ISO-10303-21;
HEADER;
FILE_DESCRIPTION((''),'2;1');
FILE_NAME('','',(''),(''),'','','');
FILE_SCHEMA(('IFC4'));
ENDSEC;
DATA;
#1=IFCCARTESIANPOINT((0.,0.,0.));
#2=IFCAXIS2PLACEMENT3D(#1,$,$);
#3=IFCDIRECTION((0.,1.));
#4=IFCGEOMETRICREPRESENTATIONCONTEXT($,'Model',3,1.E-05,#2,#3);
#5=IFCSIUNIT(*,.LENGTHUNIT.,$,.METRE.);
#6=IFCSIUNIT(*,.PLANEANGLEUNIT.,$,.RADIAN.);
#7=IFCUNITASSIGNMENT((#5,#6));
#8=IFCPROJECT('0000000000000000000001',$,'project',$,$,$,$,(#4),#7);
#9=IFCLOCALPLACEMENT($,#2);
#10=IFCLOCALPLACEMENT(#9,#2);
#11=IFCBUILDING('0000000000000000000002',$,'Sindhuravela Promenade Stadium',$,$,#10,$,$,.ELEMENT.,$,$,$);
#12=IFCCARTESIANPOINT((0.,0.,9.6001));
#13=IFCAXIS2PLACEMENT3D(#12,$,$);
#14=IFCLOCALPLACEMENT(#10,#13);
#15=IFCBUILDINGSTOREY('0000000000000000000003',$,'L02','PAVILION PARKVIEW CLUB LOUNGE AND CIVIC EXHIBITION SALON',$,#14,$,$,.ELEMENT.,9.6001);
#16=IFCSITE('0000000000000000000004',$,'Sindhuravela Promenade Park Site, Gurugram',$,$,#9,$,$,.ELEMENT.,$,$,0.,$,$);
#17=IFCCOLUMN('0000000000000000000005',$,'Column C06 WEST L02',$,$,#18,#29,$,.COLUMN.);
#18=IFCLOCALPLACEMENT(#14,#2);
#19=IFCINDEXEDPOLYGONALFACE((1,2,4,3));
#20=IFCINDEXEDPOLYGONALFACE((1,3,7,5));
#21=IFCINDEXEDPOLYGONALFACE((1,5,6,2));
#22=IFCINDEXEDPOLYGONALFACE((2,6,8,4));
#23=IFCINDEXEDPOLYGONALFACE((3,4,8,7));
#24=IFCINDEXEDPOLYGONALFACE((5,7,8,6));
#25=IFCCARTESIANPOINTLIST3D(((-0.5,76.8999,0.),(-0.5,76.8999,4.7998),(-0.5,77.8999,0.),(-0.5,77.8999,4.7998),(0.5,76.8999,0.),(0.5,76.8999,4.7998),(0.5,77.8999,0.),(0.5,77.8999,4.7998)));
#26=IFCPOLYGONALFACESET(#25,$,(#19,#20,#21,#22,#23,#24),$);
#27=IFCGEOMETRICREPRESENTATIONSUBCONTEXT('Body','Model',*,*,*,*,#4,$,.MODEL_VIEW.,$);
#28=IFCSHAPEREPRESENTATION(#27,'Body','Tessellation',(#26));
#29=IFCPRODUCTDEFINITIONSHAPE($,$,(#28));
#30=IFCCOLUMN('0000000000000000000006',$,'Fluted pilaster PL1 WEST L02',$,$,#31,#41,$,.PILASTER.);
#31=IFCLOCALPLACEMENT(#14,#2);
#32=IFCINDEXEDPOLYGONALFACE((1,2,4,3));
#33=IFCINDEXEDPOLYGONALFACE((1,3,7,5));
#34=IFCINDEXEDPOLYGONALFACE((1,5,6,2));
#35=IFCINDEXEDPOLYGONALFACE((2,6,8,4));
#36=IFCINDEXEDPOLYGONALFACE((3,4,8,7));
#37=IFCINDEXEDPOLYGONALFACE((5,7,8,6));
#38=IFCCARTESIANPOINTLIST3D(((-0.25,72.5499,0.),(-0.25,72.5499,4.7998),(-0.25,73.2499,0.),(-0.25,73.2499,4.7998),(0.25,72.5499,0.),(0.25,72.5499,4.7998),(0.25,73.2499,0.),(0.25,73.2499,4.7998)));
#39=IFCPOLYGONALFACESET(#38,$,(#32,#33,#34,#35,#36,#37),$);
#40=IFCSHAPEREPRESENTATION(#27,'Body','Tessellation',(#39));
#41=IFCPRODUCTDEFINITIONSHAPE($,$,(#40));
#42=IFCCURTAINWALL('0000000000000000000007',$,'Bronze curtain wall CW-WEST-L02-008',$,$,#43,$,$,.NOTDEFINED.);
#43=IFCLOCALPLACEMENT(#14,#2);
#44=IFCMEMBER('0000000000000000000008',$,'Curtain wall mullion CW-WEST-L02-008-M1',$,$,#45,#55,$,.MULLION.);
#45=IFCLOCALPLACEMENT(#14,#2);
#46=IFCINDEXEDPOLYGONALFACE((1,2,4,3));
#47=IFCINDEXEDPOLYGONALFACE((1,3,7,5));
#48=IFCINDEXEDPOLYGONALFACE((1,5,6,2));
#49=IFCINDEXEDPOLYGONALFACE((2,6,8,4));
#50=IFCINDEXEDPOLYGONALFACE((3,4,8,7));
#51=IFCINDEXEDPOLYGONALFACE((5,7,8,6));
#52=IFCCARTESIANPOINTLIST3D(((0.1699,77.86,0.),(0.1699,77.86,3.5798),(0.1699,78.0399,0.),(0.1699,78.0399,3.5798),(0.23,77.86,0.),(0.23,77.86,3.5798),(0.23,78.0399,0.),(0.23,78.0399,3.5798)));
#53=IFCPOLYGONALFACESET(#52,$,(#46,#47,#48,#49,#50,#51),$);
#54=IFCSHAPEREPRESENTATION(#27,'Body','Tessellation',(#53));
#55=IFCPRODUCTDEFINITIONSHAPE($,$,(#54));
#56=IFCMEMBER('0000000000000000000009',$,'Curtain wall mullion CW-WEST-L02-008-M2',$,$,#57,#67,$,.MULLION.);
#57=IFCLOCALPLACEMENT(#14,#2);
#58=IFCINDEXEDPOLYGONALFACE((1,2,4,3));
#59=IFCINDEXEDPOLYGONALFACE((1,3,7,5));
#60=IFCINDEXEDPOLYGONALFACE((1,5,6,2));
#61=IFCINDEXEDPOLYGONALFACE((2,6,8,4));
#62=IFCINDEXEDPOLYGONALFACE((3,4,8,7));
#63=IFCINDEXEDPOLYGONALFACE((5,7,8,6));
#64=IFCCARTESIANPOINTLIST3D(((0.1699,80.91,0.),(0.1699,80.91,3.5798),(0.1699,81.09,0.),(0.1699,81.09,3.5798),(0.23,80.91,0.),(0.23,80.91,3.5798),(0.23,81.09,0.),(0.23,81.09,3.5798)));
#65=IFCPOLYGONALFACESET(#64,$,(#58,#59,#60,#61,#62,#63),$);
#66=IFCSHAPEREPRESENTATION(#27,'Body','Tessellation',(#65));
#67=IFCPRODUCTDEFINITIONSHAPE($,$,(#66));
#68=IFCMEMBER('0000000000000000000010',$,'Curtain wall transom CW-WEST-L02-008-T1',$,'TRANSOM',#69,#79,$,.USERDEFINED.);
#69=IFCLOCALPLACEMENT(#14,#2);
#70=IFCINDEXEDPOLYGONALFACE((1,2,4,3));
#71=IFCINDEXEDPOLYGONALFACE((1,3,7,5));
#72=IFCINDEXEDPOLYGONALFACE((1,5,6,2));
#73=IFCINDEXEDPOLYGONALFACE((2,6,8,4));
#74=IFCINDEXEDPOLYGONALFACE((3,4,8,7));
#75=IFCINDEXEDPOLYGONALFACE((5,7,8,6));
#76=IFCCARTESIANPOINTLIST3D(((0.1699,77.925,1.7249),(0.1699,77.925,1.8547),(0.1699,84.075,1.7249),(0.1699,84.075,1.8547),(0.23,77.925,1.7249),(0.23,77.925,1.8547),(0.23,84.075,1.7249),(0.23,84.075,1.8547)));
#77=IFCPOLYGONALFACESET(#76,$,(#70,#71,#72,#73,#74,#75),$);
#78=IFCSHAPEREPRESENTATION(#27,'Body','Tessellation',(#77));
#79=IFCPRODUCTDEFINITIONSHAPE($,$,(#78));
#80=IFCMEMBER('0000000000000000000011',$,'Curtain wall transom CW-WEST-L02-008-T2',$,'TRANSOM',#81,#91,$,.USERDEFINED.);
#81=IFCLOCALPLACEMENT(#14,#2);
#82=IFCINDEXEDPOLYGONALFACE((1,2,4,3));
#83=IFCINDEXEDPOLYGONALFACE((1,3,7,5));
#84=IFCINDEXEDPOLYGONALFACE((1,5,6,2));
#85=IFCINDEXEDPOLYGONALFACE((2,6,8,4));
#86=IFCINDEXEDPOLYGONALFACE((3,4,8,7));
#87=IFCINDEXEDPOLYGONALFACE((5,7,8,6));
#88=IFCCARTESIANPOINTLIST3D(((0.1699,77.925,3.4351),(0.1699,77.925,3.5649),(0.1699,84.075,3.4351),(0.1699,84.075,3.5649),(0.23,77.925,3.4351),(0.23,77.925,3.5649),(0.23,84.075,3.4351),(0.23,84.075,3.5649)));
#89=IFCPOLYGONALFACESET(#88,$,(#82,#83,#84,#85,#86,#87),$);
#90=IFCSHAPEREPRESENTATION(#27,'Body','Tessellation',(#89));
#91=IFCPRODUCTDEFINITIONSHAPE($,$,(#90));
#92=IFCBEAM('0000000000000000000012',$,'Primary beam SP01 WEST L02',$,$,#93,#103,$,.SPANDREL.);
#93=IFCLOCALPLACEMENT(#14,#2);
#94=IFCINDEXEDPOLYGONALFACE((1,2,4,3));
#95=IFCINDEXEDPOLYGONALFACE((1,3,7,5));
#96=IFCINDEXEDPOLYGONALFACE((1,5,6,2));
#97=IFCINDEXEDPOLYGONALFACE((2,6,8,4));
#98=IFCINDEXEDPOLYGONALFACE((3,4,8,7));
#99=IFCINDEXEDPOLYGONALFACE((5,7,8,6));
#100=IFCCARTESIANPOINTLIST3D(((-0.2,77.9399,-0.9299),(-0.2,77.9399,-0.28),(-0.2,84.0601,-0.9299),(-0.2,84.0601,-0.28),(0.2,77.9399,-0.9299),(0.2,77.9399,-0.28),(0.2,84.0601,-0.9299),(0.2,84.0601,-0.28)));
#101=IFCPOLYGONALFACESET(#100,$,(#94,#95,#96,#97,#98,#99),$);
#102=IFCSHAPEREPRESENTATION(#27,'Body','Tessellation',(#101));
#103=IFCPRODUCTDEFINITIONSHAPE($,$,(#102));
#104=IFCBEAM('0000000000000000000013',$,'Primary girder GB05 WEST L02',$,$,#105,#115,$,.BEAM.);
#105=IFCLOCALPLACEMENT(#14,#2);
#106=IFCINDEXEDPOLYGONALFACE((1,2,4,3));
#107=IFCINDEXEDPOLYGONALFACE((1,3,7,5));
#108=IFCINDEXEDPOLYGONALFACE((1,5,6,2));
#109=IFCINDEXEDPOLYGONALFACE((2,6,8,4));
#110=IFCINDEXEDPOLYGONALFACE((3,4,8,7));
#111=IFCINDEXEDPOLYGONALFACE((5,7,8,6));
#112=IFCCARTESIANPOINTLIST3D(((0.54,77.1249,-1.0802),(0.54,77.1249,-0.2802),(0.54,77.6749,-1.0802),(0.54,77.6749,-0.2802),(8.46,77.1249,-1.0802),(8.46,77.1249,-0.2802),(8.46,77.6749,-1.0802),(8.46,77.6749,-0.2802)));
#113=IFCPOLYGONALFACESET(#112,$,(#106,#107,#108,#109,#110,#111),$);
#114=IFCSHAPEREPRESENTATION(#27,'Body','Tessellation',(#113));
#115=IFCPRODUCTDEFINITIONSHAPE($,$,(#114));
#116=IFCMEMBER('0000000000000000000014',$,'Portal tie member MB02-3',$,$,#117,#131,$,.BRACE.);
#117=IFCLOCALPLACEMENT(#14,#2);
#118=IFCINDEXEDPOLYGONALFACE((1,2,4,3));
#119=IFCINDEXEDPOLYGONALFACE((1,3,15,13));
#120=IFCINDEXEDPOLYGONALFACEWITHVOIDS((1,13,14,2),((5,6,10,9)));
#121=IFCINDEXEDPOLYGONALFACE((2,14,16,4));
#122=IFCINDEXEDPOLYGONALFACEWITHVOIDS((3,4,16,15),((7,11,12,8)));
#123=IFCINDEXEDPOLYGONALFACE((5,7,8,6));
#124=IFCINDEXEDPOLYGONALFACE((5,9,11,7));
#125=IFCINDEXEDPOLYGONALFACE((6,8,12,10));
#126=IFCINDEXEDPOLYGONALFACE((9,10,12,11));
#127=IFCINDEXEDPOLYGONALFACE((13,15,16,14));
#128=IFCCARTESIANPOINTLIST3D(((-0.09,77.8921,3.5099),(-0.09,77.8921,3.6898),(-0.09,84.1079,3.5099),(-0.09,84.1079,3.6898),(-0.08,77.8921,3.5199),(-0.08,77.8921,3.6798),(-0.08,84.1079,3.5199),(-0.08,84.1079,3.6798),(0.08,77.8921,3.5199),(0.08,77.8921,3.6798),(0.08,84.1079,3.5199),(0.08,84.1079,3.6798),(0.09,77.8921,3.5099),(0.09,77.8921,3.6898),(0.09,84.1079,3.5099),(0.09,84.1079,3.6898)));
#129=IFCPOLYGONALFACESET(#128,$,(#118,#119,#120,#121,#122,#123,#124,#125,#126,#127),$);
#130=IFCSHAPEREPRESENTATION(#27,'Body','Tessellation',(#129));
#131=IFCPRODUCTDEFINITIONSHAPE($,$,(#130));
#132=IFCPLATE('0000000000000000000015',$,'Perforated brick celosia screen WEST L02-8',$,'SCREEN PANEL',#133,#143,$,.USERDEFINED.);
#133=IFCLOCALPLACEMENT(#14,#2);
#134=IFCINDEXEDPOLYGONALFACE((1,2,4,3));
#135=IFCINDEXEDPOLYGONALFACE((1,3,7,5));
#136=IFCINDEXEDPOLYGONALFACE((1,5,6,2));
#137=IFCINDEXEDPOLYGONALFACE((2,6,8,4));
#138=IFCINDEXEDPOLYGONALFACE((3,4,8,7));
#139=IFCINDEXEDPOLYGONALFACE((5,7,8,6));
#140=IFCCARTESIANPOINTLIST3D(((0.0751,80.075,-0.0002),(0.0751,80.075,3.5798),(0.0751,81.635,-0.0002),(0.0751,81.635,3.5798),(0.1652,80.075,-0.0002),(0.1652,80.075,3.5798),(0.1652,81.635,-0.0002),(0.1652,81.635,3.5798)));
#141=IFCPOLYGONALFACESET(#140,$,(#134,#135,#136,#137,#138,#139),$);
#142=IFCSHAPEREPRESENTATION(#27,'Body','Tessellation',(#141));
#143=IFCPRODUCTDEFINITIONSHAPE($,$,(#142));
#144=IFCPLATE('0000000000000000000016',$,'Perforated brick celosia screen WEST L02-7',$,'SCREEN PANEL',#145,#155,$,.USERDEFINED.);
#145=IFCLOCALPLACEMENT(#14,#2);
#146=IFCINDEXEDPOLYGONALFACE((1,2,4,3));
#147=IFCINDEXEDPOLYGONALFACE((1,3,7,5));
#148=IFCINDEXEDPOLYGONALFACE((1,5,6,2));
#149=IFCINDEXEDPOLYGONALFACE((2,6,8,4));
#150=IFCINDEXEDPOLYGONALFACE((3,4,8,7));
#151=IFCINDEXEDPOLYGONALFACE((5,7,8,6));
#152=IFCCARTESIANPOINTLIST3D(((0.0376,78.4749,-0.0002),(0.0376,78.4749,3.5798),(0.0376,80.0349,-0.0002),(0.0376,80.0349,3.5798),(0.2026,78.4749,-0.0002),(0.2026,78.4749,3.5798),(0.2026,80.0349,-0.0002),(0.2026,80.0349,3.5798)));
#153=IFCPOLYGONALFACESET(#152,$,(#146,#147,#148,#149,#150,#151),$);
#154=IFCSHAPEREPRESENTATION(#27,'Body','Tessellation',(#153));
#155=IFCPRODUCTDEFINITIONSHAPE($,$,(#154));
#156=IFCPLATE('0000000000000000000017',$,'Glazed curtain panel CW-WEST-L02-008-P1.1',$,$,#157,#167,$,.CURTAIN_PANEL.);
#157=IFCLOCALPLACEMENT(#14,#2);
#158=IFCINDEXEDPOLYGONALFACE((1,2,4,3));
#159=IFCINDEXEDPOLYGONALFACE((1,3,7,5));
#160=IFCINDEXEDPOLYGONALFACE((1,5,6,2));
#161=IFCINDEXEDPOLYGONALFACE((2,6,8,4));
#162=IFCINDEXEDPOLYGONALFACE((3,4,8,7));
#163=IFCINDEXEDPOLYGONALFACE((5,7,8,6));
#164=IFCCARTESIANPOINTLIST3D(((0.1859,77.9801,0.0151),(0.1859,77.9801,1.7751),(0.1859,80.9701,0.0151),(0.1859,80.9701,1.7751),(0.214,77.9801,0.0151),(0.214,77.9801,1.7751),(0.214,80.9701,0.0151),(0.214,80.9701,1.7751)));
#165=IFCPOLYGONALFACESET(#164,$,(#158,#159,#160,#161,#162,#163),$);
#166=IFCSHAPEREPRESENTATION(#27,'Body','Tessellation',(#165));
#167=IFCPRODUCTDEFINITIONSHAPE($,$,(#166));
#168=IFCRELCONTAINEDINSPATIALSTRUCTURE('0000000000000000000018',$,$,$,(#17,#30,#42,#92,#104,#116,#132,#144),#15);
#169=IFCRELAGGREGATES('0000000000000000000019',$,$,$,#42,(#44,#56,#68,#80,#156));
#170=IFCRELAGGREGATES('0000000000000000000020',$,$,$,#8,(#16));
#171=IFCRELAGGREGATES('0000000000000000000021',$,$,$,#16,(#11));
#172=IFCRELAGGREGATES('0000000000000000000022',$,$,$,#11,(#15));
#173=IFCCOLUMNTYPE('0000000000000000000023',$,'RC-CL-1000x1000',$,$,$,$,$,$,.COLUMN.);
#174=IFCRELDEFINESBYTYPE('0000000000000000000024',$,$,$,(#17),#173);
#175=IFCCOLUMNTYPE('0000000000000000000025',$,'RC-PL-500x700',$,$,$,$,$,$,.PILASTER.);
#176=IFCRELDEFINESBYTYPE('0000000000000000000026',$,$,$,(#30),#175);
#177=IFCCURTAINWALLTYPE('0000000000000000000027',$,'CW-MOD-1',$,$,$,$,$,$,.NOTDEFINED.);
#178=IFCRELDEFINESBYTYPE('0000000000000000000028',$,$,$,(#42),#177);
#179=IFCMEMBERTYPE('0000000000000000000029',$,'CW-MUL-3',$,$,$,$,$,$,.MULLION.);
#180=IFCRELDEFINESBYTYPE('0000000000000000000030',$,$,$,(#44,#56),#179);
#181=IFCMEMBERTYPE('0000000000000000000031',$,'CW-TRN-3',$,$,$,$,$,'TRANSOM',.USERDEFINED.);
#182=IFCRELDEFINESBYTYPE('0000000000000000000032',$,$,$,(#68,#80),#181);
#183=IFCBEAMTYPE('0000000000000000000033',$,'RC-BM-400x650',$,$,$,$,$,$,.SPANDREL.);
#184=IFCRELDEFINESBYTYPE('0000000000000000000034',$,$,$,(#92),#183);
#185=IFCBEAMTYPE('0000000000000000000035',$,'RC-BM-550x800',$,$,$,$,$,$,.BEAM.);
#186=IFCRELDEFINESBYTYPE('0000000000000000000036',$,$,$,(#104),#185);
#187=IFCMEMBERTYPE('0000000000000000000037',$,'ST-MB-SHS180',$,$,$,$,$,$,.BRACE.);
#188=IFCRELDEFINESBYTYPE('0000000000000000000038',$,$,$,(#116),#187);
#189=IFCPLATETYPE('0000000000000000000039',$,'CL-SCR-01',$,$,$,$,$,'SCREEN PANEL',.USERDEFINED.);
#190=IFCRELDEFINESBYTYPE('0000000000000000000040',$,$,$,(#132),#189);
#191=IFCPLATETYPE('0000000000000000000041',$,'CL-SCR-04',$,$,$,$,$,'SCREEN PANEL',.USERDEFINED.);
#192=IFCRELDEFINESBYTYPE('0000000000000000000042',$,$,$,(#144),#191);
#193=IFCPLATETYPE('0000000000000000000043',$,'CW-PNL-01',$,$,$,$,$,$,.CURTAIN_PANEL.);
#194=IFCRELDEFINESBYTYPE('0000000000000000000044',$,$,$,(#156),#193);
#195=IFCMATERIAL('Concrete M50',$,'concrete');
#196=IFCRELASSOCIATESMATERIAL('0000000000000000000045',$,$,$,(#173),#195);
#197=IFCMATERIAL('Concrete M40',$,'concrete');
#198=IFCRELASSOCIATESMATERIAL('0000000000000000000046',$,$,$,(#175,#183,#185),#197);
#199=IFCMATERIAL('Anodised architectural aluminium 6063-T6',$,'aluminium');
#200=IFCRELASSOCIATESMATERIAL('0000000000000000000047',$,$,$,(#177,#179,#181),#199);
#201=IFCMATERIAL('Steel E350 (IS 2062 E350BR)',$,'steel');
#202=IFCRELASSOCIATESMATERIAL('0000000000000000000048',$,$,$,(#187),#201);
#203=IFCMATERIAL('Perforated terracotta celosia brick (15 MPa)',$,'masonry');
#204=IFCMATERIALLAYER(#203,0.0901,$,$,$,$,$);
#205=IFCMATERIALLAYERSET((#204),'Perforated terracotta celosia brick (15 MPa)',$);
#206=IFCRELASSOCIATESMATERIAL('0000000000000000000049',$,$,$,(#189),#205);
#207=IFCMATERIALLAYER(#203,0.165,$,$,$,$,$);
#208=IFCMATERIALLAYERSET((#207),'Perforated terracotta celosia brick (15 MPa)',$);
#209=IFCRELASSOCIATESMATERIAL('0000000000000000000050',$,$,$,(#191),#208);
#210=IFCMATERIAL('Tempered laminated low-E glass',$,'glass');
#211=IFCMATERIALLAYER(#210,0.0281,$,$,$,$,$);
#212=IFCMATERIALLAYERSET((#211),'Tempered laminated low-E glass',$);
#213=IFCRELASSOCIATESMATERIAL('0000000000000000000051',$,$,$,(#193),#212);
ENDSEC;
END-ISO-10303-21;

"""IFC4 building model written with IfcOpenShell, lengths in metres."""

from ifc_helpers import new_model, si_unit, direction, frame, origin, origin_2d, place, context, subcontext, project, spatial, rectangle, hollow_rectangle, extrude, material, layer, layer_set, material_profile, profile_set, type_object, element, aggregate, save


model = new_model("IFC4")

# Units and contexts
model_context = context("Model", 3, precision=1e-05, world=origin(), true_north=direction((0.0, 1.0)))
body_context = subcontext(model_context, "Body", "Model", "MODEL_VIEW")
ifc_project = project(units=[si_unit("LENGTHUNIT", "METRE"), si_unit("PLANEANGLEUNIT", "RADIAN")], contexts=[model_context])

# Site, building, storey
site_placement = place(None, origin())
site = spatial("IfcSite", under=ifc_project, at=site_placement, Name="Sindhuravela Promenade Park Site, Gurugram", CompositionType="ELEMENT", RefElevation=0.0)
building_placement = place(site_placement, origin())
building = spatial("IfcBuilding", under=site, at=building_placement, Name="Sindhuravela Promenade Stadium", CompositionType="ELEMENT")
storey_placement = place(building_placement, frame((0.0, 0.0, 9.6001)))
storey = spatial("IfcBuildingStorey", under=building, at=storey_placement, Name="L02", Description="PAVILION PARKVIEW CLUB LOUNGE AND CIVIC EXHIBITION SALON", CompositionType="ELEMENT", Elevation=9.6001)

# Columns
ifc_material_1 = material(Name="Concrete M50", Category="concrete")
ifc_material_profile_1 = material_profile(ifc_material_1, rectangle(XDim=1.0, YDim=1.0, at=origin_2d()), Name="RC 1000x1000")
ifc_profile_set_1 = profile_set([ifc_material_profile_1], Name="Concrete M50")
column_type_1 = type_object("IfcColumnType", Name="RC-CL-1000x1000", PredefinedType="COLUMN", material=ifc_profile_set_1)
column_1_placement = place(storey_placement, frame((0.0, 77.3999, 0.0), z_axis=(0.0, 0.0, 1.0), x_axis=(1.0, 0.0, 0.0)))
element("IfcColumn", 1, at=column_1_placement, inside=storey, type_object=column_type_1, Name="Column C06 WEST L02", PredefinedType="COLUMN", context=body_context, shape_type="SweptSolid", body=[
    extrude(rectangle(XDim=1.0, YDim=1.0, at=origin_2d()), origin(), (0.0, 0.0, 1.0), 4.7998),
])
ifc_material_2 = material(Name="Concrete M40", Category="concrete")
ifc_material_profile_2 = material_profile(ifc_material_2, rectangle(XDim=0.5, YDim=0.7, at=origin_2d()), Name="PIL 500x700")
ifc_profile_set_2 = profile_set([ifc_material_profile_2], Name="Concrete M40")
column_type_2 = type_object("IfcColumnType", Name="RC-PL-500x700", PredefinedType="PILASTER", material=ifc_profile_set_2)
column_2_placement = place(storey_placement, frame((0.0, 72.8999, 0.0), z_axis=(0.0, 0.0, 1.0), x_axis=(1.0, 0.0, 0.0)))
element("IfcColumn", 2, at=column_2_placement, inside=storey, type_object=column_type_2, Name="Fluted pilaster PL1 WEST L02", PredefinedType="PILASTER", context=body_context, shape_type="SweptSolid", body=[
    extrude(rectangle(XDim=0.5, YDim=0.7, at=origin_2d()), origin(), (0.0, 0.0, 1.0), 4.7998),
])

# Curtain wall, members
ifc_material_3 = material(Name="Anodised architectural aluminium 6063-T6", Category="aluminium")
curtain_wall_type = type_object("IfcCurtainWallType", Name="CW-MOD-1", PredefinedType="NOTDEFINED", material=ifc_material_3)
curtain_wall_placement = place(storey_placement, origin())
curtain_wall = element("IfcCurtainWall", 3, at=curtain_wall_placement, inside=storey, type_object=curtain_wall_type, Name="Bronze curtain wall CW-WEST-L02-008", PredefinedType="NOTDEFINED")
ifc_material_profile_3 = material_profile(ifc_material_3, rectangle(XDim=0.0601, YDim=0.1799, at=origin_2d()), Name="ALU M60x180")
ifc_profile_set_3 = profile_set([ifc_material_profile_3], Name="Anodised architectural aluminium 6063-T6")
member_type_1 = type_object("IfcMemberType", Name="CW-MUL-3", PredefinedType="MULLION", material=ifc_profile_set_3)
member_1_placement = place(storey_placement, frame((0.2, 77.95, 0.0), z_axis=(0.0, 0.0, 1.0), x_axis=(1.0, 0.0, 0.0)))
member_1 = element("IfcMember", 4, at=member_1_placement, type_object=member_type_1, Name="Curtain wall mullion CW-WEST-L02-008-M1", PredefinedType="MULLION", context=body_context, shape_type="SweptSolid", body=[
    extrude(rectangle(XDim=0.0601, YDim=0.1799, at=origin_2d()), origin(), (0.0, 0.0, 1.0), 3.5798),
])
member_2_placement = place(storey_placement, frame((0.2, 81.0, 0.0), z_axis=(0.0, 0.0, 1.0), x_axis=(1.0, 0.0, 0.0)))
member_2 = element("IfcMember", 5, at=member_2_placement, type_object=member_type_1, Name="Curtain wall mullion CW-WEST-L02-008-M2", PredefinedType="MULLION", context=body_context, shape_type="SweptSolid", body=[
    extrude(rectangle(XDim=0.0601, YDim=0.1799, at=origin_2d()), origin(), (0.0, 0.0, 1.0), 3.5798),
])
ifc_material_profile_4 = material_profile(ifc_material_3, rectangle(XDim=0.0601, YDim=0.1299, at=origin_2d()), Name="ALU T60x130")
ifc_profile_set_4 = profile_set([ifc_material_profile_4], Name="Anodised architectural aluminium 6063-T6")
member_type_2 = type_object("IfcMemberType", Name="CW-TRN-3", ElementType="TRANSOM", PredefinedType="USERDEFINED", material=ifc_profile_set_4)
member_3_placement = place(storey_placement, frame((0.2, 77.925, 1.7898), z_axis=(0.0, 1.0, 0.0), x_axis=(-1.0, 0.0, 0.0)))
member_3 = element("IfcMember", 6, at=member_3_placement, type_object=member_type_2, Name="Curtain wall transom CW-WEST-L02-008-T1", ObjectType="TRANSOM", PredefinedType="USERDEFINED", context=body_context, shape_type="SweptSolid", body=[
    extrude(rectangle(XDim=0.0601, YDim=0.1299, at=origin_2d()), origin(), (0.0, 0.0, 1.0), 6.1499),
])
member_4_placement = place(storey_placement, frame((0.2, 77.925, 3.5), z_axis=(0.0, 1.0, 0.0), x_axis=(-1.0, 0.0, 0.0)))
member_4 = element("IfcMember", 7, at=member_4_placement, type_object=member_type_2, Name="Curtain wall transom CW-WEST-L02-008-T2", ObjectType="TRANSOM", PredefinedType="USERDEFINED", context=body_context, shape_type="SweptSolid", body=[
    extrude(rectangle(XDim=0.0601, YDim=0.1299, at=origin_2d()), origin(), (0.0, 0.0, 1.0), 6.1499),
])

# Beams
ifc_material_profile_5 = material_profile(ifc_material_2, rectangle(XDim=0.3999, YDim=0.6499, at=origin_2d()), Name="RC 400x650")
ifc_profile_set_5 = profile_set([ifc_material_profile_5], Name="Concrete M40")
beam_type_1 = type_object("IfcBeamType", Name="RC-BM-400x650", PredefinedType="SPANDREL", material=ifc_profile_set_5)
beam_1_placement = place(storey_placement, frame((0.0, 77.9399, -0.605), z_axis=(0.0, 1.0, 0.0), x_axis=(-1.0, 0.0, 0.0)))
element("IfcBeam", 8, at=beam_1_placement, inside=storey, type_object=beam_type_1, Name="Primary beam SP01 WEST L02", PredefinedType="SPANDREL", context=body_context, shape_type="SweptSolid", body=[
    extrude(rectangle(XDim=0.3999, YDim=0.6499, at=origin_2d()), origin(), (0.0, 0.0, 1.0), 6.1201),
])
ifc_material_profile_6 = material_profile(ifc_material_2, rectangle(XDim=0.55, YDim=0.8, at=origin_2d()), Name="RC 550x800")
ifc_profile_set_6 = profile_set([ifc_material_profile_6], Name="Concrete M40")
beam_type_2 = type_object("IfcBeamType", Name="RC-BM-550x800", PredefinedType="BEAM", material=ifc_profile_set_6)
beam_2_placement = place(storey_placement, frame((0.54, 77.3999, -0.6802), z_axis=(1.0, 0.0, 0.0), x_axis=(0.0, 1.0, 0.0)))
element("IfcBeam", 9, at=beam_2_placement, inside=storey, type_object=beam_type_2, Name="Primary girder GB05 WEST L02", PredefinedType="BEAM", context=body_context, shape_type="SweptSolid", body=[
    extrude(rectangle(XDim=0.55, YDim=0.8, at=origin_2d()), origin(), (0.0, 0.0, 1.0), 7.9199),
])

# Member
ifc_material_4 = material(Name="Steel E350 (IS 2062 E350BR)", Category="steel")
ifc_material_profile_7 = material_profile(ifc_material_4, hollow_rectangle(XDim=0.1799, YDim=0.1799, WallThickness=0.01, at=origin_2d()), Name="SHS 180x180x10")
ifc_profile_set_7 = profile_set([ifc_material_profile_7], Name="Steel E350 (IS 2062 E350BR)")
member_type_3 = type_object("IfcMemberType", Name="ST-MB-SHS180", PredefinedType="BRACE", material=ifc_profile_set_7)
member_5_placement = place(storey_placement, frame((0.0, 77.8921, 3.5999), z_axis=(0.0, 1.0, 0.0), x_axis=(-1.0, 0.0, 0.0)))
element("IfcMember", 10, at=member_5_placement, inside=storey, type_object=member_type_3, Name="Portal tie member MB02-3", PredefinedType="BRACE", context=body_context, shape_type="SweptSolid", body=[
    extrude(hollow_rectangle(XDim=0.1799, YDim=0.1799, WallThickness=0.01, at=origin_2d()), origin(), (0.0, 0.0, 1.0), 6.2158),
])

# Plates
ifc_material_5 = material(Name="Perforated terracotta celosia brick (15 MPa)", Category="masonry")
ifc_layer_1 = layer(ifc_material_5, 0.0901)
ifc_layer_set_1 = layer_set([ifc_layer_1], Name="Perforated terracotta celosia brick (15 MPa)")
plate_type_1 = type_object("IfcPlateType", Name="CL-SCR-01", ElementType="SCREEN PANEL", PredefinedType="USERDEFINED", material=ifc_layer_set_1)
plate_1_placement = place(storey_placement, frame((0.1201, 80.855, -0.0002), z_axis=(0.0, 0.0, 1.0), x_axis=(0.0, 1.0, 0.0)))
element("IfcPlate", 11, at=plate_1_placement, inside=storey, type_object=plate_type_1, Name="Perforated brick celosia screen WEST L02-8", ObjectType="SCREEN PANEL", PredefinedType="USERDEFINED", context=body_context, shape_type="SweptSolid", body=[
    extrude(rectangle(XDim=1.5601, YDim=0.0901, at=origin_2d()), origin(), (0.0, 0.0, 1.0), 3.5801),
])
ifc_layer_2 = layer(ifc_material_5, 0.165)
ifc_layer_set_2 = layer_set([ifc_layer_2], Name="Perforated terracotta celosia brick (15 MPa)")
plate_type_2 = type_object("IfcPlateType", Name="CL-SCR-04", ElementType="SCREEN PANEL", PredefinedType="USERDEFINED", material=ifc_layer_set_2)
plate_2_placement = place(storey_placement, frame((0.1201, 79.2549, -0.0002), z_axis=(0.0, 0.0, 1.0), x_axis=(0.0, 1.0, 0.0)))
element("IfcPlate", 12, at=plate_2_placement, inside=storey, type_object=plate_type_2, Name="Perforated brick celosia screen WEST L02-7", ObjectType="SCREEN PANEL", PredefinedType="USERDEFINED", context=body_context, shape_type="SweptSolid", body=[
    extrude(rectangle(XDim=1.5601, YDim=0.165, at=origin_2d()), origin(), (0.0, 0.0, 1.0), 3.5801),
])

# Plate
ifc_material_6 = material(Name="Tempered laminated low-E glass", Category="glass")
ifc_layer_3 = layer(ifc_material_6, 0.0281)
ifc_layer_set_3 = layer_set([ifc_layer_3], Name="Tempered laminated low-E glass")
plate_type_3 = type_object("IfcPlateType", Name="CW-PNL-01", PredefinedType="CURTAIN_PANEL", material=ifc_layer_set_3)
plate_3_placement = place(storey_placement, frame((0.2, 79.4751, 0.0151), z_axis=(0.0, 0.0, 1.0), x_axis=(0.0, 1.0, 0.0)))
plate_3 = element("IfcPlate", 13, at=plate_3_placement, type_object=plate_type_3, Name="Glazed curtain panel CW-WEST-L02-008-P1.1", PredefinedType="CURTAIN_PANEL", context=body_context, shape_type="SweptSolid", body=[
    extrude(rectangle(XDim=2.99, YDim=0.0281, at=origin_2d()), origin(), (0.0, 0.0, 1.0), 1.76),
])
aggregate(curtain_wall, [member_1, member_2, member_3, member_4, plate_3])

save(model, "model.ifc")
